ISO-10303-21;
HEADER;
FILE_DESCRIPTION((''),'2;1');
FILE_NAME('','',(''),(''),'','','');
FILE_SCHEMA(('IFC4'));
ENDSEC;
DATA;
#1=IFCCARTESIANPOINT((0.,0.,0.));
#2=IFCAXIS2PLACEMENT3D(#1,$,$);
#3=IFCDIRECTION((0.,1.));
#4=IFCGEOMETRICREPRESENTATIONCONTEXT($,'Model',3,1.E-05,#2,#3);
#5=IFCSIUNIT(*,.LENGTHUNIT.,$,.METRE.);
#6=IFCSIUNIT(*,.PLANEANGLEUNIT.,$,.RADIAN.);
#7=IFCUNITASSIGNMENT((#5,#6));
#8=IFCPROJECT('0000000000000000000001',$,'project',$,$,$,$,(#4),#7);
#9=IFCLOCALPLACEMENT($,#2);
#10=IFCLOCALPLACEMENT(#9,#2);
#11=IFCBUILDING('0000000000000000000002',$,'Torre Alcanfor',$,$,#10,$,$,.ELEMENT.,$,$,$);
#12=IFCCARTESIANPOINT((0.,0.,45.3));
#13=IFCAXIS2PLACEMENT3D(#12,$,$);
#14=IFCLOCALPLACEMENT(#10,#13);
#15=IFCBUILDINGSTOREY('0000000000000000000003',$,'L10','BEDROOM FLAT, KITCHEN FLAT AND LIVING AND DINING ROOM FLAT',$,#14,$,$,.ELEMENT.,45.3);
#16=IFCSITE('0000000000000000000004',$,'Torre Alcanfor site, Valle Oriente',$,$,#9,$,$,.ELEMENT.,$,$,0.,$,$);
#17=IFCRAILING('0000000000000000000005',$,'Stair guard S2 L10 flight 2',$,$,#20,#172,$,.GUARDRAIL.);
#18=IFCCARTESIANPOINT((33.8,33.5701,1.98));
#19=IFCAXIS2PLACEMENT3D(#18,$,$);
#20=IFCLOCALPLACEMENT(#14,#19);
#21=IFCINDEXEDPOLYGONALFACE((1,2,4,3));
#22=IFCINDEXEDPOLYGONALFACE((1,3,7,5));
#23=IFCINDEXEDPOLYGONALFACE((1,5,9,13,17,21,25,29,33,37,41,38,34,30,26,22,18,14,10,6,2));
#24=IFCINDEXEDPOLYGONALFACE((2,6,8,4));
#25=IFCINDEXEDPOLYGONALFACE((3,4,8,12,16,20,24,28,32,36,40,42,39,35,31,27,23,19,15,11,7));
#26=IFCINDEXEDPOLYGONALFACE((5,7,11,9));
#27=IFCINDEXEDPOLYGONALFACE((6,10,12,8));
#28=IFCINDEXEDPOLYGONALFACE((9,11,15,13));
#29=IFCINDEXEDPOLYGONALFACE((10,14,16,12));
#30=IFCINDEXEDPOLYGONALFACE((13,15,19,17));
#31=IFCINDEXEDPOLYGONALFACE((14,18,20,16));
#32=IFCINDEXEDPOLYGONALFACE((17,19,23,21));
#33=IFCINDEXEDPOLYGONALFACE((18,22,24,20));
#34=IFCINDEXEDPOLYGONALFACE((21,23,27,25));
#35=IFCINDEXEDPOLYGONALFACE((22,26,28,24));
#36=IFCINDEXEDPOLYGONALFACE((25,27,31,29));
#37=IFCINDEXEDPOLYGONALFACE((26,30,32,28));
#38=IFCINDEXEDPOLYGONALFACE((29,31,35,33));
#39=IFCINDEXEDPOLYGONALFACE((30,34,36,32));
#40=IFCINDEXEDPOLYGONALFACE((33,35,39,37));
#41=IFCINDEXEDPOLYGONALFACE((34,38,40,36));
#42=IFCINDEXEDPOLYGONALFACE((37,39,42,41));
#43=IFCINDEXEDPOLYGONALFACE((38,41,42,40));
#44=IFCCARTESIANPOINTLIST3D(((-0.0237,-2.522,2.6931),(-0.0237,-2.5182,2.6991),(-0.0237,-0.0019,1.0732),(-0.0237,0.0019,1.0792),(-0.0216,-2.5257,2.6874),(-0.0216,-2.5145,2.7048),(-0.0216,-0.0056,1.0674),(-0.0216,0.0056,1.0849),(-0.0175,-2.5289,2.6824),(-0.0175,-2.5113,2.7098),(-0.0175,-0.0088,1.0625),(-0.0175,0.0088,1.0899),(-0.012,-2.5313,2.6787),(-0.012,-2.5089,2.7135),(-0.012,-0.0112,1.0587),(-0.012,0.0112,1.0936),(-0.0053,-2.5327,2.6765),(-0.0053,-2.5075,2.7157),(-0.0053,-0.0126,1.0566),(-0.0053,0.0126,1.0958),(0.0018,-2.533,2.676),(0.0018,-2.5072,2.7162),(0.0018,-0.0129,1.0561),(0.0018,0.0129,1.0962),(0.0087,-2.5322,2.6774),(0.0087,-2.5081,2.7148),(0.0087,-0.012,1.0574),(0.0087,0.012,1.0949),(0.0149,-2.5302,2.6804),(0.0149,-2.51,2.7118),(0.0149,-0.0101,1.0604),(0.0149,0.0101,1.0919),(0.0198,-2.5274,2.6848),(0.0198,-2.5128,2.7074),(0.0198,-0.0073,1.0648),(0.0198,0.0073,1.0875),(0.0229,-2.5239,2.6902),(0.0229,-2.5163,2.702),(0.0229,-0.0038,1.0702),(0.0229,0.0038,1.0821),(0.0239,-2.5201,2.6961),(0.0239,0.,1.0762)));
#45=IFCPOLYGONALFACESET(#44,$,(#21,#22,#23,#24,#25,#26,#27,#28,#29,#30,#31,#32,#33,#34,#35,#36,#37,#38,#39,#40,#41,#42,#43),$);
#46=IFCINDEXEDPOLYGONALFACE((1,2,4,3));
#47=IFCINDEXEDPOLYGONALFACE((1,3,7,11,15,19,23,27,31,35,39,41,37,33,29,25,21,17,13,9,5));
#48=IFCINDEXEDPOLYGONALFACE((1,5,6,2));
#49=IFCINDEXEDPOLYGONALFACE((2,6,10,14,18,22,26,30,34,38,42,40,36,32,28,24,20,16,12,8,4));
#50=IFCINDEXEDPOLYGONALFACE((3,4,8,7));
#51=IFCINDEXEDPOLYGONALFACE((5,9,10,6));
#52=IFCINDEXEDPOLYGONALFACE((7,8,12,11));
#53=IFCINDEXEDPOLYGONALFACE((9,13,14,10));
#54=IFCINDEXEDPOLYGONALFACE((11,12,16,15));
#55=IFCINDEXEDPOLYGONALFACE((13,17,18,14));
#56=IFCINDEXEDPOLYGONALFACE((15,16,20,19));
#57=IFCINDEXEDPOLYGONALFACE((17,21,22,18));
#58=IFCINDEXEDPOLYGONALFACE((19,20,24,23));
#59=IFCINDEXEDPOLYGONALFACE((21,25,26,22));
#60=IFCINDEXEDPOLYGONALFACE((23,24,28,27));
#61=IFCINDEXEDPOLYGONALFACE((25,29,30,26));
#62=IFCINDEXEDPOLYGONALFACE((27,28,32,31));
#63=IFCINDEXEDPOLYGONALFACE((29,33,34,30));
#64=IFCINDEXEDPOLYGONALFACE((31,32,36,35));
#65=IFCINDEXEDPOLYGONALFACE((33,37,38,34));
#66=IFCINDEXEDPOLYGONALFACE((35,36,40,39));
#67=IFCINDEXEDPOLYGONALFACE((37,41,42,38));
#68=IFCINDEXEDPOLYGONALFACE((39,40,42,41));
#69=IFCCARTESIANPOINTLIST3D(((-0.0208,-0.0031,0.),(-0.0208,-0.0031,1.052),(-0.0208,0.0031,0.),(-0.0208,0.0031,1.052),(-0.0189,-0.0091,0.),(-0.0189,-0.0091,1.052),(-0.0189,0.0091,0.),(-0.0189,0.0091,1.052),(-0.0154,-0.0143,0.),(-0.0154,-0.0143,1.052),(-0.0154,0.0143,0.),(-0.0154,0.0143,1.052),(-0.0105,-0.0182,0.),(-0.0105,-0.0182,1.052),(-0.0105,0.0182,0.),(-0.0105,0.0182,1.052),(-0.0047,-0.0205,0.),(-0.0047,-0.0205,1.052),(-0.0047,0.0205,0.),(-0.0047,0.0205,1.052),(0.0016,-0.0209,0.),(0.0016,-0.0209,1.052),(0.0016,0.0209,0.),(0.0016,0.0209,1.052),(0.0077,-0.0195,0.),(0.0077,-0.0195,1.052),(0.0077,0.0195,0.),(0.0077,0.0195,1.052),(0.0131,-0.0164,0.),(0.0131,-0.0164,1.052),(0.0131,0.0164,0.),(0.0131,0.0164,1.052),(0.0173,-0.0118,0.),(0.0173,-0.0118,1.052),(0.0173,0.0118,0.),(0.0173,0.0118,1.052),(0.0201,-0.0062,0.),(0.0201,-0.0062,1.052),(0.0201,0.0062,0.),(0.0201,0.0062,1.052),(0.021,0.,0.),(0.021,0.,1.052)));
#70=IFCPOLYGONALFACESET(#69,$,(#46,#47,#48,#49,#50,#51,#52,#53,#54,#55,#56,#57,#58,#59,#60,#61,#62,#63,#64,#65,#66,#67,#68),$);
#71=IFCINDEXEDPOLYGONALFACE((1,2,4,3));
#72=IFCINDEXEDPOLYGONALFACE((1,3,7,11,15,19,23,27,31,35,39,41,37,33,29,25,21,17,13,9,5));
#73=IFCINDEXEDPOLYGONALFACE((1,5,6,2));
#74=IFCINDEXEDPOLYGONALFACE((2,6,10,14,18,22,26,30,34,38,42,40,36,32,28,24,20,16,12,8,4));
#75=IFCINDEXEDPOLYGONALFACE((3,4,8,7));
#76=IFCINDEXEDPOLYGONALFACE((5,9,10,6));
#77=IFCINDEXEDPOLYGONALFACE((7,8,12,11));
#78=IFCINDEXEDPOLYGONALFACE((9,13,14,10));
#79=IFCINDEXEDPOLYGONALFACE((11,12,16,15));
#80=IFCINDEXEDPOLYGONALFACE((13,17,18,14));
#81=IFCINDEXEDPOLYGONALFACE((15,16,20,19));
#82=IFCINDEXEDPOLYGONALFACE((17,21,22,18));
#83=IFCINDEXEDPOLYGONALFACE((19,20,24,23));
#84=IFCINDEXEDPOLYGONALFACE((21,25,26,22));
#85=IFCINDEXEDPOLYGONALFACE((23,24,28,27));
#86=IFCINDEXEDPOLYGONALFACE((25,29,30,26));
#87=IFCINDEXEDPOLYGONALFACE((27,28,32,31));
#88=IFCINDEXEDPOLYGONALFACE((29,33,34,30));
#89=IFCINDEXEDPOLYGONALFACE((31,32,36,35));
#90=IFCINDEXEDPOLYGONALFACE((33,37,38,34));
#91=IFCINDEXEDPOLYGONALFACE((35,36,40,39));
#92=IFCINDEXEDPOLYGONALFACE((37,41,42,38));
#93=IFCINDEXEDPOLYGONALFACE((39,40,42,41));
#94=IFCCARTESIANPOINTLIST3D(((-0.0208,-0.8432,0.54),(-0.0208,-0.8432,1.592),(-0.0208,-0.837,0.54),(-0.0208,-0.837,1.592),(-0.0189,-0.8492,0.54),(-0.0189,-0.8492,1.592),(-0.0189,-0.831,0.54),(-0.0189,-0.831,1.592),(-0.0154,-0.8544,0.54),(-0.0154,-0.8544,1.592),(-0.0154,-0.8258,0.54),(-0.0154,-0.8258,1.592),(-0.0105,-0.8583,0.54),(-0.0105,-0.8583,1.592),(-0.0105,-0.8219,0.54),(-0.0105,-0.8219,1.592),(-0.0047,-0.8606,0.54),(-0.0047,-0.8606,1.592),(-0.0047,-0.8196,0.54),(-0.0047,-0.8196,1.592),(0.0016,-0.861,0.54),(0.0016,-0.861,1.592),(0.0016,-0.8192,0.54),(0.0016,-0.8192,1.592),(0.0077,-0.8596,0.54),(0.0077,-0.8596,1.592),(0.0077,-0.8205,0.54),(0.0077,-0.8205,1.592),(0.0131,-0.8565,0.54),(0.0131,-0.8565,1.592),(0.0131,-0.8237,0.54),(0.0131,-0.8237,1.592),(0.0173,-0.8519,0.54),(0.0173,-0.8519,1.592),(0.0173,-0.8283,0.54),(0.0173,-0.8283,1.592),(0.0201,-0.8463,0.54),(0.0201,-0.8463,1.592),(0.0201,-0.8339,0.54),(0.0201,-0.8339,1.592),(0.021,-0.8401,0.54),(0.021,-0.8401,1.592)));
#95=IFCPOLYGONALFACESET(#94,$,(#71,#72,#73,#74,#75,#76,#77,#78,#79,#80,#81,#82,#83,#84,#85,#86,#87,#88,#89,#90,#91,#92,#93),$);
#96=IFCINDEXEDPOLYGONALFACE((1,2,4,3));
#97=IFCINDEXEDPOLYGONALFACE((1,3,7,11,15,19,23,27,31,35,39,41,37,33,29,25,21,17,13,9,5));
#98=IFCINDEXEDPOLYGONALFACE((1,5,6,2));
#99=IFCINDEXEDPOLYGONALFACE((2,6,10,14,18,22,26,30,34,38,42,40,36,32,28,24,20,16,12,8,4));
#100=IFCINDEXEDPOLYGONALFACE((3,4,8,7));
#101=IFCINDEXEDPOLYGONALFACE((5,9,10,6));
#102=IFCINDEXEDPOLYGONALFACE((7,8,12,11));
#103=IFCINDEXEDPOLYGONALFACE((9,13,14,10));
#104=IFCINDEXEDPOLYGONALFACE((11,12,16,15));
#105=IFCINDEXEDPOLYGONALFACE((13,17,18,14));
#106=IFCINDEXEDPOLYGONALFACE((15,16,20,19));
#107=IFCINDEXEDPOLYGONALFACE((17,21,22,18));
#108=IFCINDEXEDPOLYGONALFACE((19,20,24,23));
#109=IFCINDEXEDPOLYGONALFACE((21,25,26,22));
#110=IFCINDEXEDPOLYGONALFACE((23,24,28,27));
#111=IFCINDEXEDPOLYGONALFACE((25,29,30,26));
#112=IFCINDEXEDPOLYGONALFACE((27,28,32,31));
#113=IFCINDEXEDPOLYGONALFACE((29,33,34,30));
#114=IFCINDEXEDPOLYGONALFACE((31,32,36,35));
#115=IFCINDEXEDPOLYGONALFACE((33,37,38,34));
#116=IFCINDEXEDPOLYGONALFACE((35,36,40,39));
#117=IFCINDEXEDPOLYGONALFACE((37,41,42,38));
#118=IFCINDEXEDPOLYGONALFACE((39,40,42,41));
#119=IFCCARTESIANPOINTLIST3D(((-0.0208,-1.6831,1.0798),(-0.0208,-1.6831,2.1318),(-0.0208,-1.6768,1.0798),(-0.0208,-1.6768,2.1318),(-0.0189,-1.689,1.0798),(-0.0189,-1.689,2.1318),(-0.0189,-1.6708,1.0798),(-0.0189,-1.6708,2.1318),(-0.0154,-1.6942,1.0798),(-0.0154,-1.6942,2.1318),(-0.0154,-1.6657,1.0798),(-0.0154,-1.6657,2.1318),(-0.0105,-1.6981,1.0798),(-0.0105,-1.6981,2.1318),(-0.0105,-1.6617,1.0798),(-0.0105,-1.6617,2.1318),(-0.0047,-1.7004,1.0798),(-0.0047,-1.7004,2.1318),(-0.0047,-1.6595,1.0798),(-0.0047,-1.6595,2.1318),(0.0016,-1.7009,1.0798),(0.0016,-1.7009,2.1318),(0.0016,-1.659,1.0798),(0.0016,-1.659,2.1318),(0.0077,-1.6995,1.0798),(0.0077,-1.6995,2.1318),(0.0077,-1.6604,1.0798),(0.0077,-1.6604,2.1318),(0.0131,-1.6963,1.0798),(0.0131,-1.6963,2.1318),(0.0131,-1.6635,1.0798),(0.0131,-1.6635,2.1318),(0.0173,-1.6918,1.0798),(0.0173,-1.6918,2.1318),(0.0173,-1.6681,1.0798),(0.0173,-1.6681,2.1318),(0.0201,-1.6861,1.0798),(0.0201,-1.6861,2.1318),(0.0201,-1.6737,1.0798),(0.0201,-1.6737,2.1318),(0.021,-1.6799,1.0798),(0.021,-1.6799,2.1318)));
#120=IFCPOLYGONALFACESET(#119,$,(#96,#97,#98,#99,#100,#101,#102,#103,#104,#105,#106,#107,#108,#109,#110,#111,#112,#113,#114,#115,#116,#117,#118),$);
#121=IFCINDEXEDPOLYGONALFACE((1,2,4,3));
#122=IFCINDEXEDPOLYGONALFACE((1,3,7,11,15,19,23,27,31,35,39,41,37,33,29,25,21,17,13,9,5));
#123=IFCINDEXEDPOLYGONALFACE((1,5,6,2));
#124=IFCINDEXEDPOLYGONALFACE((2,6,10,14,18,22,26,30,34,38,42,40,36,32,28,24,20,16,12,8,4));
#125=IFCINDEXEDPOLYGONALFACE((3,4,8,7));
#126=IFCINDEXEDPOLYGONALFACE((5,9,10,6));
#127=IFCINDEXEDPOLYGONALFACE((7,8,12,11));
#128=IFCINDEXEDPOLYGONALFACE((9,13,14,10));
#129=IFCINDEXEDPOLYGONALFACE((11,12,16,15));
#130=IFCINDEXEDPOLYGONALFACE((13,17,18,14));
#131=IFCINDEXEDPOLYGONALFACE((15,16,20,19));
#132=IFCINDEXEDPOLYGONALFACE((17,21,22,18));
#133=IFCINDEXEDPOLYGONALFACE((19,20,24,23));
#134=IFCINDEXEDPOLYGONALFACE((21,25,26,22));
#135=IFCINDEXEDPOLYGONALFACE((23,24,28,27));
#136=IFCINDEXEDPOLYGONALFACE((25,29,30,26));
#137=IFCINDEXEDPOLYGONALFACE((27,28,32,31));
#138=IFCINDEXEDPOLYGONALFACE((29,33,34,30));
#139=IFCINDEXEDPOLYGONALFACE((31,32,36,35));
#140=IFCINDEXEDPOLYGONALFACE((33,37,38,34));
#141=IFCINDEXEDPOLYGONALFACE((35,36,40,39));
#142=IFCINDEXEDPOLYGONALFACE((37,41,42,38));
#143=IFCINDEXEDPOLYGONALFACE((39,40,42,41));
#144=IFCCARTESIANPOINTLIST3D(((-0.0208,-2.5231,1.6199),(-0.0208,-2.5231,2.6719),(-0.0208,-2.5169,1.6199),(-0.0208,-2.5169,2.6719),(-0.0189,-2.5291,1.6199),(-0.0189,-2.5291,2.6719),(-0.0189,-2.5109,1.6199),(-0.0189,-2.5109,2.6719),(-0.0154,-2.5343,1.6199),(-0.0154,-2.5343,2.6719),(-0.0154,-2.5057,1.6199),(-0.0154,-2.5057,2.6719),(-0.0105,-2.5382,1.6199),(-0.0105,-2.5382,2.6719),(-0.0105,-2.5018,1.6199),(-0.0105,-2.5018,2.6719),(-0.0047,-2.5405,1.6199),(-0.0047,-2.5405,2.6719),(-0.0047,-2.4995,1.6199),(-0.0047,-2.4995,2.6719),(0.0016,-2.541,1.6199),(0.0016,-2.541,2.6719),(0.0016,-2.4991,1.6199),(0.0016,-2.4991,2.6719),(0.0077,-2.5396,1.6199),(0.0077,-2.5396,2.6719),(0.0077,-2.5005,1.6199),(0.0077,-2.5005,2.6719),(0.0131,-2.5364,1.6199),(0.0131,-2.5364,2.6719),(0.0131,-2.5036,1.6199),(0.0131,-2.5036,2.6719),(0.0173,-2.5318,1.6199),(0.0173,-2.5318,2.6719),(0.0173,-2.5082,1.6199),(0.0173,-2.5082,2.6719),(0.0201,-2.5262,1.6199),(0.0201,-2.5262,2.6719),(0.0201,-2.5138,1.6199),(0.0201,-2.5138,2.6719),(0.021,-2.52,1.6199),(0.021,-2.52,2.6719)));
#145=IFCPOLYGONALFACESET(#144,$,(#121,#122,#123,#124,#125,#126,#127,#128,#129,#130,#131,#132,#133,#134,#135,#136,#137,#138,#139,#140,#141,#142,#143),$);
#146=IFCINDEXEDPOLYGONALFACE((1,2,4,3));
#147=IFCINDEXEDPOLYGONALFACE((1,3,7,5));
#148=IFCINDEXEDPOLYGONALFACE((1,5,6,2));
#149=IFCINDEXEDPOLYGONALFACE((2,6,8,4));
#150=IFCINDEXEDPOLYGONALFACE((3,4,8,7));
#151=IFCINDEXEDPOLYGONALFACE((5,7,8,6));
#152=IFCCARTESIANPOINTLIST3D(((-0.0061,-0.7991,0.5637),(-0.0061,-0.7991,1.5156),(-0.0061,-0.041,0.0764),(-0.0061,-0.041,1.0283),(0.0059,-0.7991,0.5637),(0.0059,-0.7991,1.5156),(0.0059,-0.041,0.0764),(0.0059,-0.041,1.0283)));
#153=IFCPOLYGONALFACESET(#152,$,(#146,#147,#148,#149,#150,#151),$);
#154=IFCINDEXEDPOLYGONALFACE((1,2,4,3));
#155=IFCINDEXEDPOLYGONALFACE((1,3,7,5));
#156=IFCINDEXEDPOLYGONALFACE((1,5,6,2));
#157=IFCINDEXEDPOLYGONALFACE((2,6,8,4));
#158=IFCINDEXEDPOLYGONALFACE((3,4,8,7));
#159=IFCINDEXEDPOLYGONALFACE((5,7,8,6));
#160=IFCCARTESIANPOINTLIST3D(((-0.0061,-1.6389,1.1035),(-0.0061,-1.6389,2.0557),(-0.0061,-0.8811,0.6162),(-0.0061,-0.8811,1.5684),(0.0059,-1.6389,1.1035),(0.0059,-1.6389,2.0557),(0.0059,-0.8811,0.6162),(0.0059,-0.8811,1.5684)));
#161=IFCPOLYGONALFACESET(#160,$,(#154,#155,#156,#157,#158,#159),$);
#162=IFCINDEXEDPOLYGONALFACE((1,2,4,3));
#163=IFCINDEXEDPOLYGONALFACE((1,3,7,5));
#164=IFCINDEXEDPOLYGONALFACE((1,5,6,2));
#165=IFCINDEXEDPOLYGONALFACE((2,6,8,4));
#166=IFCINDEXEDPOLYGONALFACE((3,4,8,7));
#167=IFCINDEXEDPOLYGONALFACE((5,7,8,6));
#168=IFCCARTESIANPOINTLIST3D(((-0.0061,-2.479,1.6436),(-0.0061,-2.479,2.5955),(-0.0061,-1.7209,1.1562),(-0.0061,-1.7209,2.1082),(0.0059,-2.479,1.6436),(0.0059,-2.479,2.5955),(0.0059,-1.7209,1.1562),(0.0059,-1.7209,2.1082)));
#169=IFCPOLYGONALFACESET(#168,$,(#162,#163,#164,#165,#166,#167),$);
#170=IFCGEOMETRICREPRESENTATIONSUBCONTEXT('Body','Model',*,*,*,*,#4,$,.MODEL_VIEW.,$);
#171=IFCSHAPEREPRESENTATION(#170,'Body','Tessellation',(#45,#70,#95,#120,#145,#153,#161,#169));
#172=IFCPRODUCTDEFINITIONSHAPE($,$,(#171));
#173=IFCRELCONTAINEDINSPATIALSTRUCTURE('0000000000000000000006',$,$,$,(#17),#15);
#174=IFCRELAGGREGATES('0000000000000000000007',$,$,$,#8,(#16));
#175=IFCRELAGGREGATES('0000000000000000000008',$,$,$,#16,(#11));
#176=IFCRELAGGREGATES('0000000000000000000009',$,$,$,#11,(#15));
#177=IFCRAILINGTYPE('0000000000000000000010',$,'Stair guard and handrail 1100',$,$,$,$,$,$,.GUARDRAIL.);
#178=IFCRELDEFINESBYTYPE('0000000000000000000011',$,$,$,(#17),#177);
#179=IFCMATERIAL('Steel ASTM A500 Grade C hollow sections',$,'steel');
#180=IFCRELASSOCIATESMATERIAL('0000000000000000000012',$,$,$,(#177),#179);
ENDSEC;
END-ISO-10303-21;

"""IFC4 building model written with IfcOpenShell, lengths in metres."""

from ifc_helpers import new_model, si_unit, direction, frame, origin, origin_2d, place, context, subcontext, project, spatial, polyline, circle, outline, extrude, material, type_object, element, save


model = new_model("IFC4")

# Units and contexts
model_context = context("Model", 3, precision=1e-05, world=origin(), true_north=direction((0.0, 1.0)))
body_context = subcontext(model_context, "Body", "Model", "MODEL_VIEW")
ifc_project = project(units=[si_unit("LENGTHUNIT", "METRE"), si_unit("PLANEANGLEUNIT", "RADIAN")], contexts=[model_context])

# Site, building, storey
site_placement = place(None, origin())
site = spatial("IfcSite", under=ifc_project, at=site_placement, Name="Torre Alcanfor site, Valle Oriente", CompositionType="ELEMENT", RefElevation=0.0)
building_placement = place(site_placement, origin())
building = spatial("IfcBuilding", under=site, at=building_placement, Name="Torre Alcanfor", CompositionType="ELEMENT")
storey_placement = place(building_placement, frame((0.0, 0.0, 45.3)))
storey = spatial("IfcBuildingStorey", under=building, at=storey_placement, Name="L10", Description="BEDROOM FLAT, KITCHEN FLAT AND LIVING AND DINING ROOM FLAT", CompositionType="ELEMENT", Elevation=45.3)

# Railing
ifc_material_1 = material(Name="Steel ASTM A500 Grade C hollow sections", Category="steel")
railing_type_1 = type_object("IfcRailingType", Name="Stair guard and handrail 1100", PredefinedType="GUARDRAIL", material=ifc_material_1)
railing_1_placement = place(storey_placement, frame((33.8, 33.5701, 1.98)))
element("IfcRailing", 1, at=railing_1_placement, inside=storey, type_object=railing_type_1, Name="Stair guard S2 L10 flight 2", PredefinedType="GUARDRAIL", context=body_context, shape_type="SweptSolid", body=[
    extrude(circle(Radius=0.0239, at=origin_2d()), frame((0.0, 0.0, 1.0762), z_axis=(0.0, -0.8412, 0.540725), x_axis=(1.0, 0.0, 0.0)), (0.0, 0.0, 1.0), 2.9958),
    extrude(circle(Radius=0.021, at=origin_2d()), origin(), (0.0, 0.0, 1.0), 1.052),
    extrude(circle(Radius=0.021, at=origin_2d()), frame((0.0, -0.8401, 0.54)), (0.0, 0.0, 1.0), 1.052),
    extrude(circle(Radius=0.021, at=origin_2d()), frame((0.0, -1.6799, 1.0798)), (0.0, 0.0, 1.0), 1.052),
    extrude(circle(Radius=0.021, at=origin_2d()), frame((0.0, -2.52, 1.6199)), (0.0, 0.0, 1.0), 1.052),
    extrude(outline(polyline([(0.041, 0.0764), (0.7991, 0.5637), (0.7991, 1.5156), (0.041, 1.0283), (0.041, 0.0764)])), frame((0.0059, 0.0, 0.0), z_axis=(-1.0, 0.0, 0.0), x_axis=(0.0, -1.0, 0.0)), (0.0, 0.0, 1.0), 0.012),
    extrude(outline(polyline([(0.8811, 0.6162), (1.6389, 1.1035), (1.6389, 2.0557), (0.8811, 1.5684), (0.8811, 0.6162)])), frame((0.0059, 0.0, 0.0), z_axis=(-1.0, 0.0, 0.0), x_axis=(0.0, -1.0, 0.0)), (0.0, 0.0, 1.0), 0.012),
    extrude(outline(polyline([(1.7209, 1.1562), (2.479, 1.6436), (2.479, 2.5955), (1.7209, 2.1082), (1.7209, 1.1562)])), frame((0.0059, 0.0, 0.0), z_axis=(-1.0, 0.0, 0.0), x_axis=(0.0, -1.0, 0.0)), (0.0, 0.0, 1.0), 0.012),
])

save(model, "model.ifc")
